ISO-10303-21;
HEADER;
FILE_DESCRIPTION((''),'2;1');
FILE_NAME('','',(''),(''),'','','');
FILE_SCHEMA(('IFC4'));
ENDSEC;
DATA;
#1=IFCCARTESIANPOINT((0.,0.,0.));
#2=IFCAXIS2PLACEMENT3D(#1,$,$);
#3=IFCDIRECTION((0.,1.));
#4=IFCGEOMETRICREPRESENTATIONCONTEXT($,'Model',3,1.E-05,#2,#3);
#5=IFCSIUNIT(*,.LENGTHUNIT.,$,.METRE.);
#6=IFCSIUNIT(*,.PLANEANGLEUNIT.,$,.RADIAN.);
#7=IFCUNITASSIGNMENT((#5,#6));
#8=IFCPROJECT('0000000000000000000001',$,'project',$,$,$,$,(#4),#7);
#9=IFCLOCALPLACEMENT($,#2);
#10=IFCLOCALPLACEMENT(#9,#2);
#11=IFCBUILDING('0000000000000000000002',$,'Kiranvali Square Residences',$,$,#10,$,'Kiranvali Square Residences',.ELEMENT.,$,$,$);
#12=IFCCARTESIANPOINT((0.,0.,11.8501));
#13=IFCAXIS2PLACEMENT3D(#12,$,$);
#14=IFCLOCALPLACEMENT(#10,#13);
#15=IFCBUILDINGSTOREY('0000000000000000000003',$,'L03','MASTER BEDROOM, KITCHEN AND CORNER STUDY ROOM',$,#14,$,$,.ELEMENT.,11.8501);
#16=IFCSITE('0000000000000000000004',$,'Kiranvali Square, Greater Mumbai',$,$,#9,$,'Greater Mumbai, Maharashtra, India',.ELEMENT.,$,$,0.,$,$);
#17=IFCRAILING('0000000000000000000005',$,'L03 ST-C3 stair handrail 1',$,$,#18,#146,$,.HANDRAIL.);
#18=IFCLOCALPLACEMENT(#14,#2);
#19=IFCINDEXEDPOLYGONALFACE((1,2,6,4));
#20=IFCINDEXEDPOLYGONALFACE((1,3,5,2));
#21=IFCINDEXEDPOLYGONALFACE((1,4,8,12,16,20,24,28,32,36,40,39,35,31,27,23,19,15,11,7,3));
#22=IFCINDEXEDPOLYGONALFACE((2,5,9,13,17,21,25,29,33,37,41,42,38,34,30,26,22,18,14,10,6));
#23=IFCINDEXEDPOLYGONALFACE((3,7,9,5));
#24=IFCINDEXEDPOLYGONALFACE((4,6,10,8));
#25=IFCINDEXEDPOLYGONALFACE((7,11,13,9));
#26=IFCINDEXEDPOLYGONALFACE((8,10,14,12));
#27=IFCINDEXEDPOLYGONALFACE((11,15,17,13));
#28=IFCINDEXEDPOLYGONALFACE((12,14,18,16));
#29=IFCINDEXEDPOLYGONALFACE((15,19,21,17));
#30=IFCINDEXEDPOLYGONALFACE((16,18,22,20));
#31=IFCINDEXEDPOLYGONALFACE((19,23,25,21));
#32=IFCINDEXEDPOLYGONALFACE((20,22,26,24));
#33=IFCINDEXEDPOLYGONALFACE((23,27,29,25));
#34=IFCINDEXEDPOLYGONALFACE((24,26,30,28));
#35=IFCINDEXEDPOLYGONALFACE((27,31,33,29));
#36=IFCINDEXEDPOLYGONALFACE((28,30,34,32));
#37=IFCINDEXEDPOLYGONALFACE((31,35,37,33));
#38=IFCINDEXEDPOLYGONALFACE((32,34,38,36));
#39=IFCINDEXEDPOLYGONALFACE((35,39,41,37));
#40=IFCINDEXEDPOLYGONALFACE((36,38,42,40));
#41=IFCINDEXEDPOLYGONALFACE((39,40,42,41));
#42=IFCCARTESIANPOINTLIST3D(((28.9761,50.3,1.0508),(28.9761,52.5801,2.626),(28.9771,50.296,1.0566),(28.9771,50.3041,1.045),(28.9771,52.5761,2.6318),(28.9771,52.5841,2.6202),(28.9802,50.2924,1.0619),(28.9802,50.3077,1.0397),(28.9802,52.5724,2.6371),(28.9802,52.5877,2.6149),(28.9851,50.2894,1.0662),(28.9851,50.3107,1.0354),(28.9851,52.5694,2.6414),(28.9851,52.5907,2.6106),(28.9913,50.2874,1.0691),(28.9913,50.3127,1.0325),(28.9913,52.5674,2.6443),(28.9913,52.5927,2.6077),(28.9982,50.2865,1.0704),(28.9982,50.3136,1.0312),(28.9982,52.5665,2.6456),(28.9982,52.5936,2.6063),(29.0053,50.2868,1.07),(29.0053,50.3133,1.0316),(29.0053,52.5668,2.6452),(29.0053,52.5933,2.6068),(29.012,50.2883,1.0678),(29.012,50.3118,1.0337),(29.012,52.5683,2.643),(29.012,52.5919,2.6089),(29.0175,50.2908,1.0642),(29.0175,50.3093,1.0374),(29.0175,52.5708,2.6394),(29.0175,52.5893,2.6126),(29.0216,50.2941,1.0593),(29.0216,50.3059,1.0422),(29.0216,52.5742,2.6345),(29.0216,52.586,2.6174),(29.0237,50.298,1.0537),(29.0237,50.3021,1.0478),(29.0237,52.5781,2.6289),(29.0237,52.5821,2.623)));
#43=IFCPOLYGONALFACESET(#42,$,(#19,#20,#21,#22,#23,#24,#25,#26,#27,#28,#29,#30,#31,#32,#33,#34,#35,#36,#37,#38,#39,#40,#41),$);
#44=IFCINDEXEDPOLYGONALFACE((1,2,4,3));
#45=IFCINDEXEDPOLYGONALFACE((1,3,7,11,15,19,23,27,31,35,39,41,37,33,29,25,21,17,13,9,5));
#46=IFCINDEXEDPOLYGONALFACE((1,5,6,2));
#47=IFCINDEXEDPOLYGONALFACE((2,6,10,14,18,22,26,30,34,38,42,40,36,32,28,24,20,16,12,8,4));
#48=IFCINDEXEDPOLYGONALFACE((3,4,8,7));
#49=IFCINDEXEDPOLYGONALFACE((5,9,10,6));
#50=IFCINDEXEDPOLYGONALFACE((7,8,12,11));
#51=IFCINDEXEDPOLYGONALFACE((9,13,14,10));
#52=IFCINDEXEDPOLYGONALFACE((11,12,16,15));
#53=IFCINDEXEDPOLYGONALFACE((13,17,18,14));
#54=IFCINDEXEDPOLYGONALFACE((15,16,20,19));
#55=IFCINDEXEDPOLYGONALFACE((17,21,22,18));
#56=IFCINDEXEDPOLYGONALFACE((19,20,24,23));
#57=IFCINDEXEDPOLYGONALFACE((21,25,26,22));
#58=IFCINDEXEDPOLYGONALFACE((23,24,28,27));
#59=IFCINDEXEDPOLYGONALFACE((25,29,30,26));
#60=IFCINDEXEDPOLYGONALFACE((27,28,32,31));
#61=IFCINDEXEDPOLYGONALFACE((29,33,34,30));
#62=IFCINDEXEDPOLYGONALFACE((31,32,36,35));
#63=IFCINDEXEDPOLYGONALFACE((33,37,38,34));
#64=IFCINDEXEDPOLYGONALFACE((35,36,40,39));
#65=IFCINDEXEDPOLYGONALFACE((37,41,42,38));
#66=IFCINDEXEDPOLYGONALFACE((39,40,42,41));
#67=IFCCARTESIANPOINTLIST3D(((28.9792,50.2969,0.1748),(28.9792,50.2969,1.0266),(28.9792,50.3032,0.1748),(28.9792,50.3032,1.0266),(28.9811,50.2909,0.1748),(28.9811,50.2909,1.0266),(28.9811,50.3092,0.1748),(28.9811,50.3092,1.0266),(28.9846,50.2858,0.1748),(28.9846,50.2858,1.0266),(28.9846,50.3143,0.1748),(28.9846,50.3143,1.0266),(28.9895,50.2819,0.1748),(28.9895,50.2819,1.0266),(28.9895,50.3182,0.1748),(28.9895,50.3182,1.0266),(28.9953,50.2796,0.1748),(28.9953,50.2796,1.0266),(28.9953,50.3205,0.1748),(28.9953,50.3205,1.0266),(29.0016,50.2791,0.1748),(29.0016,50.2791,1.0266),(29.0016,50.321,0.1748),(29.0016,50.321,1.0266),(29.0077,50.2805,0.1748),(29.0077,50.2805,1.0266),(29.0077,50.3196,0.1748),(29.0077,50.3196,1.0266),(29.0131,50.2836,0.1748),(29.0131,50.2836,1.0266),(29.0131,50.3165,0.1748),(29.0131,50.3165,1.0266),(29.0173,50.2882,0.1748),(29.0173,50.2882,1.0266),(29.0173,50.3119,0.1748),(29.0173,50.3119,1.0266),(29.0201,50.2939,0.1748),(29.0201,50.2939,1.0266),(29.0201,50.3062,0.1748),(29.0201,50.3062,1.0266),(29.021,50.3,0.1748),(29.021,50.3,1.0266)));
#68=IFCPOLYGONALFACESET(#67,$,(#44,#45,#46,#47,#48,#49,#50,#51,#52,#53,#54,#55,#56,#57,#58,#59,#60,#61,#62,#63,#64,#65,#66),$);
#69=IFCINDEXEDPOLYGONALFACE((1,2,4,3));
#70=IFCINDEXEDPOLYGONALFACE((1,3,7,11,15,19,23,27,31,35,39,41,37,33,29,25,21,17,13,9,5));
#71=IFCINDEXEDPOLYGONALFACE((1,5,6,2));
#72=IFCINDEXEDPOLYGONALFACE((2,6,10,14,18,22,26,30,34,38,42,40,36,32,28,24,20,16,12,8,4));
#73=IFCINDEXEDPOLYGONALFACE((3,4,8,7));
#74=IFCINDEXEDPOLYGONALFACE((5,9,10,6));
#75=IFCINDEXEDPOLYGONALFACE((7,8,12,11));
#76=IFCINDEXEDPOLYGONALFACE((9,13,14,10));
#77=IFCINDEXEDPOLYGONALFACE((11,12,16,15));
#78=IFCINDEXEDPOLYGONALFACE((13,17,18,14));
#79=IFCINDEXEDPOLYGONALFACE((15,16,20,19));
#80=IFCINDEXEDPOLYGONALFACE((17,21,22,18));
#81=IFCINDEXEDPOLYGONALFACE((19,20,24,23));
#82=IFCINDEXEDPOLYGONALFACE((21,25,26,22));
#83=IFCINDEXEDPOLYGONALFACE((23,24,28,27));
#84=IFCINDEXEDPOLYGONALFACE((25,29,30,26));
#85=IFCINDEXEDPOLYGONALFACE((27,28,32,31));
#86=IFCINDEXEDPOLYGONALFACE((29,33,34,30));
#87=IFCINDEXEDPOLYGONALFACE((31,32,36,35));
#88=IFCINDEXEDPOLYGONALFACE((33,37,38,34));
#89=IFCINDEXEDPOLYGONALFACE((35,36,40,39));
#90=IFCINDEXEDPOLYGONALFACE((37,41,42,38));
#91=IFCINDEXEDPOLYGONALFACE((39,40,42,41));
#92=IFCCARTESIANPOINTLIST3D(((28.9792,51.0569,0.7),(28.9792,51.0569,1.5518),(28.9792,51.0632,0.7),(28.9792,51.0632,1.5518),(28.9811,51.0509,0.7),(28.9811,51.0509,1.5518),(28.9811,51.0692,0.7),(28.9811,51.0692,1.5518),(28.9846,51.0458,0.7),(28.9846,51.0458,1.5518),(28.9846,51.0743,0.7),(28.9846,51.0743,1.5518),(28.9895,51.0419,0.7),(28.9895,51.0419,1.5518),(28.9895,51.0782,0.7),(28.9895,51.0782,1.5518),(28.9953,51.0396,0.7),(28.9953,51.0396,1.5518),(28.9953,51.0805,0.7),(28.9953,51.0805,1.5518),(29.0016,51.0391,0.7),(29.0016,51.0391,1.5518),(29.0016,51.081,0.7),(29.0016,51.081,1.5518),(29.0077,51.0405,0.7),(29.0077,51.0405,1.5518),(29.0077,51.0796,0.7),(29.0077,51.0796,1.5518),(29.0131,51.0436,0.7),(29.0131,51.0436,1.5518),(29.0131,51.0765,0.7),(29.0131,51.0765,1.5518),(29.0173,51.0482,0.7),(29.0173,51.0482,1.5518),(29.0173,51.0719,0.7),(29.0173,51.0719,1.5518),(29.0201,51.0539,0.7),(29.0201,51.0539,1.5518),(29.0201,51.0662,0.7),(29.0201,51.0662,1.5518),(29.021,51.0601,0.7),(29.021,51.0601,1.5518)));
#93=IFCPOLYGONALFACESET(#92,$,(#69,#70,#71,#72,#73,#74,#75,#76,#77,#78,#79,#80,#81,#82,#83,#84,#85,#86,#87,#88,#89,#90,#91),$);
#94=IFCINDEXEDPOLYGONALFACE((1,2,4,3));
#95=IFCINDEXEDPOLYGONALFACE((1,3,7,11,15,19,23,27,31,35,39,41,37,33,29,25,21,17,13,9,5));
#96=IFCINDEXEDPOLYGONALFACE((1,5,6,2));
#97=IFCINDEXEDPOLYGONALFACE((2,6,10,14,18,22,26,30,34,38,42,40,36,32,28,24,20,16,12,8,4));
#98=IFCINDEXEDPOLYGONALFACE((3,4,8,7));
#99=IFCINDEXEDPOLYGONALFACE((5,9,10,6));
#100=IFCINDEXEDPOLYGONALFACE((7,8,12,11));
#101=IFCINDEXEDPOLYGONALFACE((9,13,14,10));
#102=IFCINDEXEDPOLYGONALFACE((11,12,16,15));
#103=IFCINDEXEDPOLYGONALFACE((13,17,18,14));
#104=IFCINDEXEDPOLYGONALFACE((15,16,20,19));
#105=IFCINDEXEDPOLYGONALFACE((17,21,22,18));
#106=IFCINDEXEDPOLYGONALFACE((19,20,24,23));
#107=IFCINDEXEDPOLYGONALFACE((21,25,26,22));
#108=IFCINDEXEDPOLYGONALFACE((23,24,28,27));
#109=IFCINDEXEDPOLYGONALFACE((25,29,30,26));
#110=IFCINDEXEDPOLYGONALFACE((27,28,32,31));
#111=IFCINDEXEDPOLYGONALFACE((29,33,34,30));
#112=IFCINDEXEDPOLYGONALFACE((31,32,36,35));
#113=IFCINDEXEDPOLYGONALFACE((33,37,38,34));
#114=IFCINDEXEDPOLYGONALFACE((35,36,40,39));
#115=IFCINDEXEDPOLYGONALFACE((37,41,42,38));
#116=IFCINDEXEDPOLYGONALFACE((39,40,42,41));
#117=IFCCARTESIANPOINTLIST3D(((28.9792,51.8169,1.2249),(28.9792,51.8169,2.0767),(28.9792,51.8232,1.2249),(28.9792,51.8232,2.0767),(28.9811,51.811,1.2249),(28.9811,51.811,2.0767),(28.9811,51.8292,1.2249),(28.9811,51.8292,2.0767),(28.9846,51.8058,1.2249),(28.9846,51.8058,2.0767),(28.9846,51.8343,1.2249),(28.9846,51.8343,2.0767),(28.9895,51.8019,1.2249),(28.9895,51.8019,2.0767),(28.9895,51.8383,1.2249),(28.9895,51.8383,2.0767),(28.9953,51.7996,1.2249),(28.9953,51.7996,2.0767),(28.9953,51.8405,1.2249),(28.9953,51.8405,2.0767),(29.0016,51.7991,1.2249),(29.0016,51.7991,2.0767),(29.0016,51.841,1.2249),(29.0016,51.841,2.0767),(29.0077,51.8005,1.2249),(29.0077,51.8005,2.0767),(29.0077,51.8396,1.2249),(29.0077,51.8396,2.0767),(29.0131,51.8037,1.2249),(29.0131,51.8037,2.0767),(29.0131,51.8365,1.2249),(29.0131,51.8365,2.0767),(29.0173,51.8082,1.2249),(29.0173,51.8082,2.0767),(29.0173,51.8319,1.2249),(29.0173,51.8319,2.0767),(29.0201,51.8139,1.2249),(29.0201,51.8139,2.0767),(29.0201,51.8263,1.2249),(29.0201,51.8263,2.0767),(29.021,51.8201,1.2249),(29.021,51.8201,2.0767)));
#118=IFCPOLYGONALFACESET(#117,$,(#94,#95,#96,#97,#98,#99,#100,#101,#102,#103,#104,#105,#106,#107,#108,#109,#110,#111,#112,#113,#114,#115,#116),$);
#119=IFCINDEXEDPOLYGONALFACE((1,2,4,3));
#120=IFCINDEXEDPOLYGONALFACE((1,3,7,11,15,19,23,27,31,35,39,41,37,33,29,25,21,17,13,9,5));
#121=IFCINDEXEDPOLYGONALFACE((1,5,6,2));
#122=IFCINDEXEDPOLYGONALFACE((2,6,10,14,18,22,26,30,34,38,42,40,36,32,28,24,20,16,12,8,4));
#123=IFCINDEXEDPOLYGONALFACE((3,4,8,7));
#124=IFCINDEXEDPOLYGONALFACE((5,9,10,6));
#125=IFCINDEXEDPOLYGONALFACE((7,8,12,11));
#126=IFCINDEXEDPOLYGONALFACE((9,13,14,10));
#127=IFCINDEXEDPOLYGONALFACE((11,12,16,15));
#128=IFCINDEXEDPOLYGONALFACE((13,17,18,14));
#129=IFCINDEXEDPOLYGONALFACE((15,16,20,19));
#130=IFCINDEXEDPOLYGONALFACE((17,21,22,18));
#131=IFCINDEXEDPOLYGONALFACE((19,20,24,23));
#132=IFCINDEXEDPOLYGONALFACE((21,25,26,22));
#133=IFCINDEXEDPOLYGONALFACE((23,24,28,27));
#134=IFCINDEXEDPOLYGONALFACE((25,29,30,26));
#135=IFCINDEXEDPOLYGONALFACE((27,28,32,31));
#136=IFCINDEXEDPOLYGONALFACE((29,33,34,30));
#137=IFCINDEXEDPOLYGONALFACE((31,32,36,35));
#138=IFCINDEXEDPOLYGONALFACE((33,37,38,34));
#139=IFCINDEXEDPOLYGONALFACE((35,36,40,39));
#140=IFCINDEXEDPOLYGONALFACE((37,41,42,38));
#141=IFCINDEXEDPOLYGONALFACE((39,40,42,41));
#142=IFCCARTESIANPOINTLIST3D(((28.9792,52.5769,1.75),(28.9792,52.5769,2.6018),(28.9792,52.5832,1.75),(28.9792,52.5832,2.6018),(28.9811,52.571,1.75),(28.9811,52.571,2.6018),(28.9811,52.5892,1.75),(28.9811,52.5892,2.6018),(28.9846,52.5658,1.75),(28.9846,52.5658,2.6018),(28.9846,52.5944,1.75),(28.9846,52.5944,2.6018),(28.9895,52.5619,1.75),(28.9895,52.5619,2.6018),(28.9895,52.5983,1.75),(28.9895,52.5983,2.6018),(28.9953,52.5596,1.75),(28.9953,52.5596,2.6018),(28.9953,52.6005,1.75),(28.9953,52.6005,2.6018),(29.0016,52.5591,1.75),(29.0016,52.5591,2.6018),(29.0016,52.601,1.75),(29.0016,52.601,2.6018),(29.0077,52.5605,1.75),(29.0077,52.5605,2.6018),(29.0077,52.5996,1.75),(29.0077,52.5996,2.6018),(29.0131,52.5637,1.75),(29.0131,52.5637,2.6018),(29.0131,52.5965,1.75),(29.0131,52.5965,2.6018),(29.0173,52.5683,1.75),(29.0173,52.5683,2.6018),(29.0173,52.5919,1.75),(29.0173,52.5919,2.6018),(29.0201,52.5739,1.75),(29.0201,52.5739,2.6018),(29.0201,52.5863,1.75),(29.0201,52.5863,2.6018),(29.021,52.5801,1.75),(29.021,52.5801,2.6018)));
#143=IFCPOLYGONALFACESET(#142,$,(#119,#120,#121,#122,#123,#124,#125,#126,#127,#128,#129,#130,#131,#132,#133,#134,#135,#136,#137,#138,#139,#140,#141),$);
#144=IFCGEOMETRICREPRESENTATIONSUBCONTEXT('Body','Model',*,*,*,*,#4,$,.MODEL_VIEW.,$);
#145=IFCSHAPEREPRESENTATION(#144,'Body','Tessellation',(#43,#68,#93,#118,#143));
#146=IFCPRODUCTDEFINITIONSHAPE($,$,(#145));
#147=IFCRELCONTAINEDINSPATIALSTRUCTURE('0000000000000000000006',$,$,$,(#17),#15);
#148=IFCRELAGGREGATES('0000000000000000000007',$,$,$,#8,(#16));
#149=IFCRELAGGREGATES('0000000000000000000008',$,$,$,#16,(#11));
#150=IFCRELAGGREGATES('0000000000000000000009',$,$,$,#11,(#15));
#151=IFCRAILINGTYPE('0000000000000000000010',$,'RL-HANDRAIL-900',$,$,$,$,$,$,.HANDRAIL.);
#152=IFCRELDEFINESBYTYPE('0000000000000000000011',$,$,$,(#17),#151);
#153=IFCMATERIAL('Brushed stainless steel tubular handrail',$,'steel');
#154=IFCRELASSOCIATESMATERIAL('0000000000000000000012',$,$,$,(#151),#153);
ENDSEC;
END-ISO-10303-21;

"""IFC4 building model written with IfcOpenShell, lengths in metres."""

from ifc_helpers import new_model, si_unit, direction, frame, origin, origin_2d, place, context, subcontext, project, spatial, circle, extrude, material, type_object, element, save


model = new_model("IFC4")

# Units and contexts
model_context = context("Model", 3, precision=1e-05, world=origin(), true_north=direction((0.0, 1.0)))
body_context = subcontext(model_context, "Body", "Model", "MODEL_VIEW")
ifc_project = project(units=[si_unit("LENGTHUNIT", "METRE"), si_unit("PLANEANGLEUNIT", "RADIAN")], contexts=[model_context])

# Site, building, storey
site_placement = place(None, origin())
site = spatial("IfcSite", under=ifc_project, at=site_placement, Name="Kiranvali Square, Greater Mumbai", LongName="Greater Mumbai, Maharashtra, India", CompositionType="ELEMENT", RefElevation=0.0)
building_placement = place(site_placement, origin())
building = spatial("IfcBuilding", under=site, at=building_placement, Name="Kiranvali Square Residences", LongName="Kiranvali Square Residences", CompositionType="ELEMENT")
storey_placement = place(building_placement, frame((0.0, 0.0, 11.8501)))
storey = spatial("IfcBuildingStorey", under=building, at=storey_placement, Name="L03", Description="MASTER BEDROOM, KITCHEN AND CORNER STUDY ROOM", CompositionType="ELEMENT", Elevation=11.8501)

# Railing
ifc_material_1 = material(Name="Brushed stainless steel tubular handrail", Category="steel")
railing_type_1 = type_object("IfcRailingType", Name="RL-HANDRAIL-900", PredefinedType="HANDRAIL", material=ifc_material_1)
railing_1_placement = place(storey_placement, frame((29.0, 50.3, 0.1748)))
element("IfcRailing", 1, at=railing_1_placement, inside=storey, type_object=railing_type_1, Name="L03 ST-C3 stair handrail 1", PredefinedType="HANDRAIL", context=body_context, shape_type="SweptSolid", body=[
    extrude(circle(Radius=0.0239, at=origin_2d()), frame((0.0, 0.0, 0.876), z_axis=(0.0, 0.822747, 0.568408), x_axis=(-1.0, 0.0, 0.0)), (0.0, 0.0, 1.0), 2.7712),
    extrude(circle(Radius=0.021, at=origin_2d()), origin(), (0.0, 0.0, 1.0), 0.8518),
    extrude(circle(Radius=0.021, at=origin_2d()), frame((0.0, 0.76, 0.5251)), (0.0, 0.0, 1.0), 0.8518),
    extrude(circle(Radius=0.021, at=origin_2d()), frame((0.0, 1.52, 1.05)), (0.0, 0.0, 1.0), 0.8518),
    extrude(circle(Radius=0.021, at=origin_2d()), frame((0.0, 2.28, 1.5752)), (0.0, 0.0, 1.0), 0.8518),
])

save(model, "model.ifc")
